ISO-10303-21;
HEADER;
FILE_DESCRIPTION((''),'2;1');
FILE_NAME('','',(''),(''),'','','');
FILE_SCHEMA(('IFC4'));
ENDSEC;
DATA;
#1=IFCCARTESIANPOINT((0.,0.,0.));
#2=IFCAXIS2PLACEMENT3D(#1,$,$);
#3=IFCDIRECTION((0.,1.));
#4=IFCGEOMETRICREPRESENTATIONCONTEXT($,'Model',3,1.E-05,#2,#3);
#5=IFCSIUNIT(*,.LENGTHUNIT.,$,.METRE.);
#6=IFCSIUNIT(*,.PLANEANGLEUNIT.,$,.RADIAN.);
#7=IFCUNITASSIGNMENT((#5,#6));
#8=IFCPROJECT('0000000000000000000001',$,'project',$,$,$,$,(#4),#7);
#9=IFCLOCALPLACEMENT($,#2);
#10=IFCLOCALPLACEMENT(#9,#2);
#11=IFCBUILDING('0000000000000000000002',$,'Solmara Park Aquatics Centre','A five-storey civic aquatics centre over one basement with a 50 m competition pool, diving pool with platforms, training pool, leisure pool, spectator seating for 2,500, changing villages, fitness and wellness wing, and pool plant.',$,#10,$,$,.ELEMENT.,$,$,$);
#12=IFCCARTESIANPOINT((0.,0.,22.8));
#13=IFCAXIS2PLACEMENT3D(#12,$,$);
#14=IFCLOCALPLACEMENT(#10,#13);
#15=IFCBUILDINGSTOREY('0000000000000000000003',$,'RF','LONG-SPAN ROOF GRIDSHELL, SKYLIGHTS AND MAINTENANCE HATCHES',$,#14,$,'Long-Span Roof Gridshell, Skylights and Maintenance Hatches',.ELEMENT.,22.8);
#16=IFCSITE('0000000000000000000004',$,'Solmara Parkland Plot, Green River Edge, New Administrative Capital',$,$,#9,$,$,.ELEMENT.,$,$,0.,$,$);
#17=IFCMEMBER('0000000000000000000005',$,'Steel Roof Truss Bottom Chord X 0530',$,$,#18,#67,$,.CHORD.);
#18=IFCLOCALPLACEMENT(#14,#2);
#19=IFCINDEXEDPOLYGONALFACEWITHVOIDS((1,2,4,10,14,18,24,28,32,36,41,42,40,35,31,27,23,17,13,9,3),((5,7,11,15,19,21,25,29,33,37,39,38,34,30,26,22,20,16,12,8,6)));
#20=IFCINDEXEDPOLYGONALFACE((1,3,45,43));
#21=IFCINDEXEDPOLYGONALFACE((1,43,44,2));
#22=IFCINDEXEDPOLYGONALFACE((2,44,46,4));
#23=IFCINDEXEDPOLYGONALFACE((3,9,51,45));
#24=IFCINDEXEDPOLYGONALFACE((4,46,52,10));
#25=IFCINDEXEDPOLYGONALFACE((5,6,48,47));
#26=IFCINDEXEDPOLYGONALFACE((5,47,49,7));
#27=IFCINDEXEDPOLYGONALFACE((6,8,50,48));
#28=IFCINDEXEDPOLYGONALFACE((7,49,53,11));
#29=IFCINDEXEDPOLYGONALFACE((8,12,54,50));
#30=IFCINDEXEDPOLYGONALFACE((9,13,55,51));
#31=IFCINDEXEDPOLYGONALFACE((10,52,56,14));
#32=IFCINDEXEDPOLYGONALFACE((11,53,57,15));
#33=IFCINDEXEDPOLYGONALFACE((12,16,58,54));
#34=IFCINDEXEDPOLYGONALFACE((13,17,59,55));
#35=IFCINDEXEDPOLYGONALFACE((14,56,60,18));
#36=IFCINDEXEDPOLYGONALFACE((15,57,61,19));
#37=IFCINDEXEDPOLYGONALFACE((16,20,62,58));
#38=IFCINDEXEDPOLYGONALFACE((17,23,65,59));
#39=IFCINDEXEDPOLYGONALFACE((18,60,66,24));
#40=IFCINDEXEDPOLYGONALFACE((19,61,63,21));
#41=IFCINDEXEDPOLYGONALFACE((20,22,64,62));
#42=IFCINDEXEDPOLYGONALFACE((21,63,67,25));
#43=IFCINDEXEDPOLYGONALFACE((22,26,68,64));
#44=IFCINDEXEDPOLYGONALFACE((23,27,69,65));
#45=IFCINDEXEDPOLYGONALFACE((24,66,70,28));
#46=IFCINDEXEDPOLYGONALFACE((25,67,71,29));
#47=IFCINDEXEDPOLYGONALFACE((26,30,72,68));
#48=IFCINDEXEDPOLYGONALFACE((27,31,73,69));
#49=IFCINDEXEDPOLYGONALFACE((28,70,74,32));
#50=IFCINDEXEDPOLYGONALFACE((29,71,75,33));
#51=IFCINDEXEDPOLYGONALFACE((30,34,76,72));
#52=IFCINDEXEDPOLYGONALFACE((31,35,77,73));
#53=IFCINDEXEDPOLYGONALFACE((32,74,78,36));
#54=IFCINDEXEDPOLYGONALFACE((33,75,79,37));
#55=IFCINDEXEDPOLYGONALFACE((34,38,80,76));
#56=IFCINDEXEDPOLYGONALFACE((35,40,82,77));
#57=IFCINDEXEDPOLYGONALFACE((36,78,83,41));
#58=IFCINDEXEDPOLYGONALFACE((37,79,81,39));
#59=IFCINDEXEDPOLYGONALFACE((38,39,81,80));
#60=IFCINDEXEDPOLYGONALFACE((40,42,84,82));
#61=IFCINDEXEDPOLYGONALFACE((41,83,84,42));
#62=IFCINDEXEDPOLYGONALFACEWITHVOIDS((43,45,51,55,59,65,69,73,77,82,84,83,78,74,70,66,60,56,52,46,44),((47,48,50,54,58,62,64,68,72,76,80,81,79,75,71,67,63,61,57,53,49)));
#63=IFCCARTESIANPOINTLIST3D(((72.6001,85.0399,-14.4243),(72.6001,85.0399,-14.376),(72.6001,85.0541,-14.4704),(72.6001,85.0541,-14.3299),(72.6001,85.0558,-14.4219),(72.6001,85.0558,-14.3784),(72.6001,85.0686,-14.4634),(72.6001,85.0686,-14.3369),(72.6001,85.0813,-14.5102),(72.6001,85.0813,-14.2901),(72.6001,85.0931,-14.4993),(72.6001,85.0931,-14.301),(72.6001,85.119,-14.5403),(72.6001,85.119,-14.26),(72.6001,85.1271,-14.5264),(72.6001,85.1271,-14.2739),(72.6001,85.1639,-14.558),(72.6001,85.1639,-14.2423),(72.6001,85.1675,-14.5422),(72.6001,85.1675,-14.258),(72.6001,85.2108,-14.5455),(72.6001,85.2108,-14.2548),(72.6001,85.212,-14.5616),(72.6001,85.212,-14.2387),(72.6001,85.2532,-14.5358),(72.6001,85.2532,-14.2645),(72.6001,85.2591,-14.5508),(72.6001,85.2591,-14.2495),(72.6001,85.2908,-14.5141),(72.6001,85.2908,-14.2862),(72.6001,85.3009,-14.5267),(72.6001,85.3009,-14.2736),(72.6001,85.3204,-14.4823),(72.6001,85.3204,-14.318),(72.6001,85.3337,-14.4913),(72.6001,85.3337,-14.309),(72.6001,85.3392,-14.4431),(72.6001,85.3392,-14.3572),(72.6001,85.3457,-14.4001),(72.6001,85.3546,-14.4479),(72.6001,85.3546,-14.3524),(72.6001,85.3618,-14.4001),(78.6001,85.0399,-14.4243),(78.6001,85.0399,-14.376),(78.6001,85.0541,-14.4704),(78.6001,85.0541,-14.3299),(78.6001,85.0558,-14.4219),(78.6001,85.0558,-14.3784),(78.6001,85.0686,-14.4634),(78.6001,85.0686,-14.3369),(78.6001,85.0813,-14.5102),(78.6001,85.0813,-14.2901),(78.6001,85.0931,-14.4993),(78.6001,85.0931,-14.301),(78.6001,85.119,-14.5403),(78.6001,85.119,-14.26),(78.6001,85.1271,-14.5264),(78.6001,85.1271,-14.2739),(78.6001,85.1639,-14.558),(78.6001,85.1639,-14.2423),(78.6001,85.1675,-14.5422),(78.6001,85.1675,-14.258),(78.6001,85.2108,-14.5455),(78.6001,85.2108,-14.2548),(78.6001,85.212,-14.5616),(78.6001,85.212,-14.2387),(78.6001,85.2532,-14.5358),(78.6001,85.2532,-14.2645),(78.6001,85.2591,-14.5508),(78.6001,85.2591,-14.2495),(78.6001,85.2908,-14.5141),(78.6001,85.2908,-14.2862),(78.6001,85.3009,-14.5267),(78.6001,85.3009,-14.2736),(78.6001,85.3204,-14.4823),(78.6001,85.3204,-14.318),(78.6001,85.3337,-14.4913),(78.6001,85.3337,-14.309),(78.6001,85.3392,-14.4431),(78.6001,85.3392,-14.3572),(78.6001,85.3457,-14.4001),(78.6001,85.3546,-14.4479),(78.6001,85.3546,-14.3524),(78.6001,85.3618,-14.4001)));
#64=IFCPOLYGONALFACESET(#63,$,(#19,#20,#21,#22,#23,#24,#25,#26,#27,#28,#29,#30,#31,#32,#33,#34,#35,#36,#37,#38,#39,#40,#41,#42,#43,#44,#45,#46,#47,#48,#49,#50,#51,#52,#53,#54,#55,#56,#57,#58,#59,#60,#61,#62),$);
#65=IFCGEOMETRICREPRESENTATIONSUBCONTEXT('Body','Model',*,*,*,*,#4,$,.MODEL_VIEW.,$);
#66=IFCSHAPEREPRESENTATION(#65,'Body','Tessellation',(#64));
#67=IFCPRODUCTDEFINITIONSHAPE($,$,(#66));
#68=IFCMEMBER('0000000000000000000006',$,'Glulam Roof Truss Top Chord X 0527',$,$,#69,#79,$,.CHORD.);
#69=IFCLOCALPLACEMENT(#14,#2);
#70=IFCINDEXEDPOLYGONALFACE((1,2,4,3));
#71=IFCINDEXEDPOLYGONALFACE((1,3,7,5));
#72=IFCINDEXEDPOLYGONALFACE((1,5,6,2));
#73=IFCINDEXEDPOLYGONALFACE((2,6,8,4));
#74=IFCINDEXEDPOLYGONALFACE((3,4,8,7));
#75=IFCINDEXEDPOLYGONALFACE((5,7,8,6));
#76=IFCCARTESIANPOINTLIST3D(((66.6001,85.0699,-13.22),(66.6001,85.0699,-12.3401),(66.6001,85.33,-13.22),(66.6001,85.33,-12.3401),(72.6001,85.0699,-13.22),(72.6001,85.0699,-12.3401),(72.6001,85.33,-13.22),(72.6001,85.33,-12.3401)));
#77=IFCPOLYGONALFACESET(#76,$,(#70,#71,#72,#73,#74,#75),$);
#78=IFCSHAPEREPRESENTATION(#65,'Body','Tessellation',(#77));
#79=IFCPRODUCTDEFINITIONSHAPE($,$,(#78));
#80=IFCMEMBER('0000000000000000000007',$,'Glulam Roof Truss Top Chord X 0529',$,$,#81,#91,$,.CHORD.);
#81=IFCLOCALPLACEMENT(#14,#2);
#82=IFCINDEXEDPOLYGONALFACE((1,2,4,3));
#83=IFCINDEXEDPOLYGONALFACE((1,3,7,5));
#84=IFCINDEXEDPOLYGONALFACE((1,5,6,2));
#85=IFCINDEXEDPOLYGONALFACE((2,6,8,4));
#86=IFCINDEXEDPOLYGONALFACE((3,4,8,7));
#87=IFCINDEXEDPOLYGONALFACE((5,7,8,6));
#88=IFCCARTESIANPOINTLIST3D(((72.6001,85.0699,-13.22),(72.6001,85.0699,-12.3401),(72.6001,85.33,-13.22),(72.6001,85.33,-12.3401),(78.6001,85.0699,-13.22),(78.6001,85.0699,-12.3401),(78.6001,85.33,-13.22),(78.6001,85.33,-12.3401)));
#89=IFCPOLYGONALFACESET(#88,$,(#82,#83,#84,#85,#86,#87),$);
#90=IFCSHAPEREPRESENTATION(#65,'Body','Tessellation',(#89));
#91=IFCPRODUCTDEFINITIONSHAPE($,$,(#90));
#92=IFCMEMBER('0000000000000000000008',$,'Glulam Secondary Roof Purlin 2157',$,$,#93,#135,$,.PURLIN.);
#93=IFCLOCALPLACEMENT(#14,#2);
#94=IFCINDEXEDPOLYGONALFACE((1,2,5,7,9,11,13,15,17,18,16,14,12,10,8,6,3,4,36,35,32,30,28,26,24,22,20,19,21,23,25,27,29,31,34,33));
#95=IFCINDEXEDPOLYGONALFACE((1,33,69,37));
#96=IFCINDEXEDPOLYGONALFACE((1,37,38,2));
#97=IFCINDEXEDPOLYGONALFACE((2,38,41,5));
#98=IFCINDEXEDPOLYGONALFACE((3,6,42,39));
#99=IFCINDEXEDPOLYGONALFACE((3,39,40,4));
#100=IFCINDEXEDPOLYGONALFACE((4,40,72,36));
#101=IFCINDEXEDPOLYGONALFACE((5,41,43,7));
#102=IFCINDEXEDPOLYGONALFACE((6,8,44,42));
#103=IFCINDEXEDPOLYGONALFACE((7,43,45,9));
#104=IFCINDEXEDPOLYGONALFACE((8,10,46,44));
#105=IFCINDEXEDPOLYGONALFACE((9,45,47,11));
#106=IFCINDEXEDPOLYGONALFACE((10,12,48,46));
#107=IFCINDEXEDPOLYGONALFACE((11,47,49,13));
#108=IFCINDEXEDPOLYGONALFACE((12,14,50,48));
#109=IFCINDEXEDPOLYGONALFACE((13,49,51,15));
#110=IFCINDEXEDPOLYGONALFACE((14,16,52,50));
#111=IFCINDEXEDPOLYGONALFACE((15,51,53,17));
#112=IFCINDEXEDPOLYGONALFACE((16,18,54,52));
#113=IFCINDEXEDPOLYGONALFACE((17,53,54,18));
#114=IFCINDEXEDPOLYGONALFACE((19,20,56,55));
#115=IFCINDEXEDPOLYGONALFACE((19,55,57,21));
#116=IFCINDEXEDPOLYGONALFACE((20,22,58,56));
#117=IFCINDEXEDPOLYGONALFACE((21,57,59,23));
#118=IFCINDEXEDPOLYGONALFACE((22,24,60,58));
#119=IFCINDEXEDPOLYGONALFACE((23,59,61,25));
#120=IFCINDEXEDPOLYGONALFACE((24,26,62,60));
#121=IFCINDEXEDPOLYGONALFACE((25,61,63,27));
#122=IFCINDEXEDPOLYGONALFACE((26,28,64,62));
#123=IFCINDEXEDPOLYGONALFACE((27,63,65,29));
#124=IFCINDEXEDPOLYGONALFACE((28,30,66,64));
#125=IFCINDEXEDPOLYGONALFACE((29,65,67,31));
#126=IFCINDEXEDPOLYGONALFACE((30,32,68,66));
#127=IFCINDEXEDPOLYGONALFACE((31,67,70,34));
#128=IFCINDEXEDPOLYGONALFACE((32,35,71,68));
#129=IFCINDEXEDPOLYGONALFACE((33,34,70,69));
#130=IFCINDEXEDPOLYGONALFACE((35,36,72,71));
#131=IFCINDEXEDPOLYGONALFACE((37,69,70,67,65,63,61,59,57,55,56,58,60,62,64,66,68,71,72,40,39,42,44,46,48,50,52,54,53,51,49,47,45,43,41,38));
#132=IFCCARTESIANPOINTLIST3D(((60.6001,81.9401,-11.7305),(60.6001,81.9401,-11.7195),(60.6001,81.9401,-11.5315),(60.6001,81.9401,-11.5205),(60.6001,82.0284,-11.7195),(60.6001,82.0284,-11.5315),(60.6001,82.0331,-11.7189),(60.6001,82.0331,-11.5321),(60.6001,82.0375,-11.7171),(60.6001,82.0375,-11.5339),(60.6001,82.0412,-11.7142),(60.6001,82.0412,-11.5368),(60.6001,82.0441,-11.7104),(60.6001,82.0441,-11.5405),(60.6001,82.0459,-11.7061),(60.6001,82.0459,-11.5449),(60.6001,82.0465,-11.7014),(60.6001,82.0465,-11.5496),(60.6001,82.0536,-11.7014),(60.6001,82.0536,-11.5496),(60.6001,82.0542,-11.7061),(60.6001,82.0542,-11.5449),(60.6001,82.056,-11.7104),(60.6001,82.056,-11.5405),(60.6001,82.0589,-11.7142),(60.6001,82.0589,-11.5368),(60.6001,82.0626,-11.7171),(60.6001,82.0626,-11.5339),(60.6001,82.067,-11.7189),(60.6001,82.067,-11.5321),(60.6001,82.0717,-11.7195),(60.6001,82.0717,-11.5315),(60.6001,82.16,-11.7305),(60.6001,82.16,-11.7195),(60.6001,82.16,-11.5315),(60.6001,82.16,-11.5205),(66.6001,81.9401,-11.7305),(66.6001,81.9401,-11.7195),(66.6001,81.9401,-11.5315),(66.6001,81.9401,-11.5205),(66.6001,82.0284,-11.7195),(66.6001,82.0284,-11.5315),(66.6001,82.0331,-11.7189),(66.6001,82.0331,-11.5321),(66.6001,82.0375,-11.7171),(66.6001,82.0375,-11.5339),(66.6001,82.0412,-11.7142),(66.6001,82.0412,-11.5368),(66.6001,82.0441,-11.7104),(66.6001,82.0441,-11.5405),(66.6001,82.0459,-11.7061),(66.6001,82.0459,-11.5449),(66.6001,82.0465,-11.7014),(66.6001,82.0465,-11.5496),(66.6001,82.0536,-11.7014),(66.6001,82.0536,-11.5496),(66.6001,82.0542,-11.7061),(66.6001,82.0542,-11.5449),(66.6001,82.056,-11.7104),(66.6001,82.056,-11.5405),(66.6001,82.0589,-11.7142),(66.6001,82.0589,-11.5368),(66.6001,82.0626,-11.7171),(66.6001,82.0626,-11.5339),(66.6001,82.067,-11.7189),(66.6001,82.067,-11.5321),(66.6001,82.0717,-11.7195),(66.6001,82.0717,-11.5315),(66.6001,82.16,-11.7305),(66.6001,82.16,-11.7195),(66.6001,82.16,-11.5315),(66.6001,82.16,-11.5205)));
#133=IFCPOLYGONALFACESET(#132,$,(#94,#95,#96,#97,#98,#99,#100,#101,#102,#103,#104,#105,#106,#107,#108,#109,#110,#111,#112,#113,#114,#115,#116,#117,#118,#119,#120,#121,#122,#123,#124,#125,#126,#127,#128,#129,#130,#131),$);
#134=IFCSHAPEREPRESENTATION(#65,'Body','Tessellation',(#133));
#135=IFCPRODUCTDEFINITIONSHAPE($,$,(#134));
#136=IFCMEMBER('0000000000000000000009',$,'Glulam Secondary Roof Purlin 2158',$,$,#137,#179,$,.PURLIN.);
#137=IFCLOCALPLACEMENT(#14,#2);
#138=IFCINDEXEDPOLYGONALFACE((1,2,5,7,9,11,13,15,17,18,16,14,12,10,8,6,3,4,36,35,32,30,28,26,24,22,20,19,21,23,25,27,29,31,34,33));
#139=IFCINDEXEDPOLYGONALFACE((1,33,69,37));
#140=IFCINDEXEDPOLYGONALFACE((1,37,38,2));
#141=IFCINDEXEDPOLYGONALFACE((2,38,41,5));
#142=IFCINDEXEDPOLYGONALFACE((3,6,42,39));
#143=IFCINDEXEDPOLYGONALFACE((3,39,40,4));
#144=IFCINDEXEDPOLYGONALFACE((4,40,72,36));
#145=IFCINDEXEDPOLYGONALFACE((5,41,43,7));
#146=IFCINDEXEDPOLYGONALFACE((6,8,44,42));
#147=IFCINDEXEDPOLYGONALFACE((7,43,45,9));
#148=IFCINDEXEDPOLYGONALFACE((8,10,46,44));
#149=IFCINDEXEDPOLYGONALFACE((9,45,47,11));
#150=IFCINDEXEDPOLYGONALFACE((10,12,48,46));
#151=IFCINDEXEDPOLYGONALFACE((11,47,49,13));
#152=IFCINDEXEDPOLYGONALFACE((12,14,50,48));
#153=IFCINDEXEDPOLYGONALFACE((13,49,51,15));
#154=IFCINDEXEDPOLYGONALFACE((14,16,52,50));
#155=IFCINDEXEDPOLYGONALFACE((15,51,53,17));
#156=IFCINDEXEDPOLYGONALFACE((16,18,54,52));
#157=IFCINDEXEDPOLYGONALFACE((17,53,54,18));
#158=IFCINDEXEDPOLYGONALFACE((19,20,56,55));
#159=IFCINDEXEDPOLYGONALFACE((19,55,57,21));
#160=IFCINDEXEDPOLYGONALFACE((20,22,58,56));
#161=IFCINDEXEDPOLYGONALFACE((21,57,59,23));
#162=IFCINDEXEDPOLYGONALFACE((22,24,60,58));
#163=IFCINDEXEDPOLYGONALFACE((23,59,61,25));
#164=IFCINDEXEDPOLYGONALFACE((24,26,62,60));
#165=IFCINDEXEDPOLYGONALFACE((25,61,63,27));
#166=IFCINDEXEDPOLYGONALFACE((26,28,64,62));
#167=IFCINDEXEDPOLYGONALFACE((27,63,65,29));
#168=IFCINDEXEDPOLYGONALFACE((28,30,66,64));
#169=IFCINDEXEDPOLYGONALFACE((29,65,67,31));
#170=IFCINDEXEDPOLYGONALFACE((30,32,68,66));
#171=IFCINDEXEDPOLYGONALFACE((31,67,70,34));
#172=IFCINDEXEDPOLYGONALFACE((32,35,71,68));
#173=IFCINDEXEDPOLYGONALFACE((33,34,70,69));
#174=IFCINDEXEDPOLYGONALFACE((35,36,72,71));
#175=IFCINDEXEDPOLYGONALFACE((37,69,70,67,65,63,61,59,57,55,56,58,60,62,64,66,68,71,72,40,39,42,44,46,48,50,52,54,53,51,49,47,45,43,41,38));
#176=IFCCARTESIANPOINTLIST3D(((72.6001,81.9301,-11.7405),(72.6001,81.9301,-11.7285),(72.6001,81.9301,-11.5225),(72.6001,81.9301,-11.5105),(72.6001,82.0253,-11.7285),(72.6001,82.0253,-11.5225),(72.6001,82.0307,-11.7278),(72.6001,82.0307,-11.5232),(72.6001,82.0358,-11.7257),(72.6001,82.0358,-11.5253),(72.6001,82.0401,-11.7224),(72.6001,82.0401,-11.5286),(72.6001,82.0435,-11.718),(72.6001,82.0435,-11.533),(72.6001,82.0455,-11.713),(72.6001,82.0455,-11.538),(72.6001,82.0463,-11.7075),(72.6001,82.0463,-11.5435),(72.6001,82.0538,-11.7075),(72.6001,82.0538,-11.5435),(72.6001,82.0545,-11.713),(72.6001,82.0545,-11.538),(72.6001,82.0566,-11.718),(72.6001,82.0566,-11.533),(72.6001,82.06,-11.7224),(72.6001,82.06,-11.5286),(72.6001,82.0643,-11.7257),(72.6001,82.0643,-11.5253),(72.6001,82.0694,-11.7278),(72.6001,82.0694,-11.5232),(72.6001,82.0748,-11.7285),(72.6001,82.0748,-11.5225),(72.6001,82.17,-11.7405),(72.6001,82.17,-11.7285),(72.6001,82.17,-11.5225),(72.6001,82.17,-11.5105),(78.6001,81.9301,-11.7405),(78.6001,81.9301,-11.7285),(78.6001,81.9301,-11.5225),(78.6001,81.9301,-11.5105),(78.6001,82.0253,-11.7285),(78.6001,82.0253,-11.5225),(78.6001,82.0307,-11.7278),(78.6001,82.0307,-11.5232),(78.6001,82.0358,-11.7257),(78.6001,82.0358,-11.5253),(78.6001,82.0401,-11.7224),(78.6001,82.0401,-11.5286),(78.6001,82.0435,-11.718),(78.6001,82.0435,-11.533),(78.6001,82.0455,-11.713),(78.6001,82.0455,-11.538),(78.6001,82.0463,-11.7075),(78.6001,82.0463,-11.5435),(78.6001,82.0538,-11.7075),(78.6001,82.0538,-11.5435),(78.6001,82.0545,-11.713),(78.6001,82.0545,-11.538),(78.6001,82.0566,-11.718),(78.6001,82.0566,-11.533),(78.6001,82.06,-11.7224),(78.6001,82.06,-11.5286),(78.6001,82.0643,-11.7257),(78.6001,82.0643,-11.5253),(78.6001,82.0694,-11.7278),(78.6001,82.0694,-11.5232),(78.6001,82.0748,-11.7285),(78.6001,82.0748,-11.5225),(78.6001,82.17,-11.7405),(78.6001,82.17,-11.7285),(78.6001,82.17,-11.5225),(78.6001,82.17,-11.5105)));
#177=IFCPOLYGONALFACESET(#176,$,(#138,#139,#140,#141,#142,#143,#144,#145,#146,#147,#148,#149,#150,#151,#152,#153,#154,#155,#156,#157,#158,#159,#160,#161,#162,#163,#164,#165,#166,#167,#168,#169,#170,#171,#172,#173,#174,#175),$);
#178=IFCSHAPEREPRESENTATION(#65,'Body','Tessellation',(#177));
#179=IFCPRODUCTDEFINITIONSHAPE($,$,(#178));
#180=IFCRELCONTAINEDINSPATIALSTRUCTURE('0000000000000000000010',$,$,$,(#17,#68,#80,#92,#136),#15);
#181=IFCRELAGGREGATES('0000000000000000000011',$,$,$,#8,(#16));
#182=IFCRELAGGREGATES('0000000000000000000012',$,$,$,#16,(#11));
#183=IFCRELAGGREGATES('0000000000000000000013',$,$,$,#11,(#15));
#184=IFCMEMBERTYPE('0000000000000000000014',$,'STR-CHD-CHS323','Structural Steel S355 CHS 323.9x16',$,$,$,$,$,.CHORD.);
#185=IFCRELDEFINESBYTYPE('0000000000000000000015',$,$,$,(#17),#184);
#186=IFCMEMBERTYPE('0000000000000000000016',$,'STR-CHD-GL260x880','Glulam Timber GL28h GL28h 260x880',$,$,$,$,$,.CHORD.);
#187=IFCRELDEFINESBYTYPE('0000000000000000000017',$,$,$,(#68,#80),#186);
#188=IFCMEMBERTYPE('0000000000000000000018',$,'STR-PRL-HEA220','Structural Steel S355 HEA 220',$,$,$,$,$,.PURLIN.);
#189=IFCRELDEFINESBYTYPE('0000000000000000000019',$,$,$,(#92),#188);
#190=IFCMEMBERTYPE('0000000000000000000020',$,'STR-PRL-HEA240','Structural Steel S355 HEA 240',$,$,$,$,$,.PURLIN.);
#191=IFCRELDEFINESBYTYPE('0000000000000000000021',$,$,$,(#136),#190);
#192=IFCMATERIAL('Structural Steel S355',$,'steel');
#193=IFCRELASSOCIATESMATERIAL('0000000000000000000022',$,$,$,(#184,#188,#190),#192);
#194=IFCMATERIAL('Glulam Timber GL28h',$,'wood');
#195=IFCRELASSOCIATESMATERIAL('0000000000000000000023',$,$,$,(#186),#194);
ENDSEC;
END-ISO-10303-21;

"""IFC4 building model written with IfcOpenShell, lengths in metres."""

from ifc_helpers import new_model, si_unit, direction, frame, origin, origin_2d, place, context, subcontext, project, spatial, rectangle, hollow_circle, i_section, extrude, material, material_profile, profile_set, type_object, element, save


model = new_model("IFC4")

# Units and contexts
model_context = context("Model", 3, precision=1e-05, world=origin(), true_north=direction((0.0, 1.0)))
body_context = subcontext(model_context, "Body", "Model", "MODEL_VIEW")
ifc_project = project(units=[si_unit("LENGTHUNIT", "METRE"), si_unit("PLANEANGLEUNIT", "RADIAN")], contexts=[model_context])

# Site, building, storey
site_placement = place(None, origin())
site = spatial("IfcSite", under=ifc_project, at=site_placement, Name="Solmara Parkland Plot, Green River Edge, New Administrative Capital", CompositionType="ELEMENT", RefElevation=0.0)
building_placement = place(site_placement, origin())
building = spatial("IfcBuilding", under=site, at=building_placement, Name="Solmara Park Aquatics Centre", Description="A five-storey civic aquatics centre over one basement with a 50 m competition pool, diving pool with platforms, training pool, leisure pool, spectator seating for 2,500, changing villages, fitness and wellness wing, and pool plant.", CompositionType="ELEMENT")
storey_placement = place(building_placement, frame((0.0, 0.0, 22.8)))
storey = spatial("IfcBuildingStorey", under=building, at=storey_placement, Name="RF", Description="LONG-SPAN ROOF GRIDSHELL, SKYLIGHTS AND MAINTENANCE HATCHES", LongName="Long-Span Roof Gridshell, Skylights and Maintenance Hatches", CompositionType="ELEMENT", Elevation=22.8)

# Members
ifc_material_1 = material(Name="Structural Steel S355", Category="steel")
ifc_material_profile_1 = material_profile(ifc_material_1, hollow_circle(Radius=0.1619, WallThickness=0.0161, at=origin_2d()), Name="CHS 323.9x16")
ifc_profile_set_1 = profile_set([ifc_material_profile_1], Name="Structural Steel S355")
member_type_1 = type_object("IfcMemberType", Name="STR-CHD-CHS323", Description="Structural Steel S355 CHS 323.9x16", PredefinedType="CHORD", material=ifc_profile_set_1)
for number, where, z_axis, x_axis, name in (
    (1, (72.6001, 85.2, -14.4001), (1.0, 0.0, 0.0), (0.0, 1.0, 0.0), "Steel Roof Truss Bottom Chord X 0530"),
):
    element("IfcMember", number, at=place(storey_placement, frame(where, z_axis=z_axis, x_axis=x_axis)), inside=storey, type_object=member_type_1, Name=name, PredefinedType="CHORD", context=body_context, shape_type="SweptSolid", body=[
        extrude(hollow_circle(Radius=0.1619, WallThickness=0.0161, at=origin_2d()), origin(), (0.0, 0.0, 1.0), 6.0),
    ])
ifc_material_2 = material(Name="Glulam Timber GL28h", Category="wood")
ifc_material_profile_2 = material_profile(ifc_material_2, rectangle(XDim=0.26, YDim=0.8799, at=origin_2d()), Name="GL28h 260x880")
ifc_profile_set_2 = profile_set([ifc_material_profile_2], Name="Glulam Timber GL28h")
member_type_2 = type_object("IfcMemberType", Name="STR-CHD-GL260x880", Description="Glulam Timber GL28h GL28h 260x880", PredefinedType="CHORD", material=ifc_profile_set_2)
for number, where, z_axis, x_axis, name in (
    (2, (66.6001, 85.2, -12.78), (1.0, 0.0, 0.0), (0.0, 1.0, 0.0), "Glulam Roof Truss Top Chord X 0527"),
    (3, (72.6001, 85.2, -12.78), (1.0, 0.0, 0.0), (0.0, 1.0, 0.0), "Glulam Roof Truss Top Chord X 0529"),
):
    element("IfcMember", number, at=place(storey_placement, frame(where, z_axis=z_axis, x_axis=x_axis)), inside=storey, type_object=member_type_2, Name=name, PredefinedType="CHORD", context=body_context, shape_type="SweptSolid", body=[
        extrude(rectangle(XDim=0.26, YDim=0.8799, at=origin_2d()), origin(), (0.0, 0.0, 1.0), 6.0),
    ])
ifc_material_profile_3 = material_profile(ifc_material_1, i_section(OverallWidth=0.22, OverallDepth=0.21, WebThickness=0.0071, FlangeThickness=0.011, FilletRadius=0.0181, at=origin_2d()), Name="HEA 220")
ifc_profile_set_3 = profile_set([ifc_material_profile_3], Name="Structural Steel S355")
member_type_3 = type_object("IfcMemberType", Name="STR-PRL-HEA220", Description="Structural Steel S355 HEA 220", PredefinedType="PURLIN", material=ifc_profile_set_3)
member_1_placement = place(storey_placement, frame((60.6001, 82.05, -11.6255), z_axis=(1.0, 0.0, 0.0), x_axis=(0.0, 1.0, 0.0)))
element("IfcMember", 4, at=member_1_placement, inside=storey, type_object=member_type_3, Name="Glulam Secondary Roof Purlin 2157", PredefinedType="PURLIN", context=body_context, shape_type="SweptSolid", body=[
    extrude(i_section(OverallWidth=0.22, OverallDepth=0.21, WebThickness=0.0071, FlangeThickness=0.011, FilletRadius=0.0181, at=origin_2d()), origin(), (0.0, 0.0, 1.0), 6.0),
])
ifc_material_profile_4 = material_profile(ifc_material_1, i_section(OverallWidth=0.24, OverallDepth=0.23, WebThickness=0.0076, FlangeThickness=0.012, FilletRadius=0.021, at=origin_2d()), Name="HEA 240")
ifc_profile_set_4 = profile_set([ifc_material_profile_4], Name="Structural Steel S355")
member_type_4 = type_object("IfcMemberType", Name="STR-PRL-HEA240", Description="Structural Steel S355 HEA 240", PredefinedType="PURLIN", material=ifc_profile_set_4)
member_2_placement = place(storey_placement, frame((72.6001, 82.05, -11.6255), z_axis=(1.0, 0.0, 0.0), x_axis=(0.0, 1.0, 0.0)))
element("IfcMember", 5, at=member_2_placement, inside=storey, type_object=member_type_4, Name="Glulam Secondary Roof Purlin 2158", PredefinedType="PURLIN", context=body_context, shape_type="SweptSolid", body=[
    extrude(i_section(OverallWidth=0.24, OverallDepth=0.23, WebThickness=0.0076, FlangeThickness=0.012, FilletRadius=0.021, at=origin_2d()), origin(), (0.0, 0.0, 1.0), 6.0),
])

save(model, "model.ifc")
